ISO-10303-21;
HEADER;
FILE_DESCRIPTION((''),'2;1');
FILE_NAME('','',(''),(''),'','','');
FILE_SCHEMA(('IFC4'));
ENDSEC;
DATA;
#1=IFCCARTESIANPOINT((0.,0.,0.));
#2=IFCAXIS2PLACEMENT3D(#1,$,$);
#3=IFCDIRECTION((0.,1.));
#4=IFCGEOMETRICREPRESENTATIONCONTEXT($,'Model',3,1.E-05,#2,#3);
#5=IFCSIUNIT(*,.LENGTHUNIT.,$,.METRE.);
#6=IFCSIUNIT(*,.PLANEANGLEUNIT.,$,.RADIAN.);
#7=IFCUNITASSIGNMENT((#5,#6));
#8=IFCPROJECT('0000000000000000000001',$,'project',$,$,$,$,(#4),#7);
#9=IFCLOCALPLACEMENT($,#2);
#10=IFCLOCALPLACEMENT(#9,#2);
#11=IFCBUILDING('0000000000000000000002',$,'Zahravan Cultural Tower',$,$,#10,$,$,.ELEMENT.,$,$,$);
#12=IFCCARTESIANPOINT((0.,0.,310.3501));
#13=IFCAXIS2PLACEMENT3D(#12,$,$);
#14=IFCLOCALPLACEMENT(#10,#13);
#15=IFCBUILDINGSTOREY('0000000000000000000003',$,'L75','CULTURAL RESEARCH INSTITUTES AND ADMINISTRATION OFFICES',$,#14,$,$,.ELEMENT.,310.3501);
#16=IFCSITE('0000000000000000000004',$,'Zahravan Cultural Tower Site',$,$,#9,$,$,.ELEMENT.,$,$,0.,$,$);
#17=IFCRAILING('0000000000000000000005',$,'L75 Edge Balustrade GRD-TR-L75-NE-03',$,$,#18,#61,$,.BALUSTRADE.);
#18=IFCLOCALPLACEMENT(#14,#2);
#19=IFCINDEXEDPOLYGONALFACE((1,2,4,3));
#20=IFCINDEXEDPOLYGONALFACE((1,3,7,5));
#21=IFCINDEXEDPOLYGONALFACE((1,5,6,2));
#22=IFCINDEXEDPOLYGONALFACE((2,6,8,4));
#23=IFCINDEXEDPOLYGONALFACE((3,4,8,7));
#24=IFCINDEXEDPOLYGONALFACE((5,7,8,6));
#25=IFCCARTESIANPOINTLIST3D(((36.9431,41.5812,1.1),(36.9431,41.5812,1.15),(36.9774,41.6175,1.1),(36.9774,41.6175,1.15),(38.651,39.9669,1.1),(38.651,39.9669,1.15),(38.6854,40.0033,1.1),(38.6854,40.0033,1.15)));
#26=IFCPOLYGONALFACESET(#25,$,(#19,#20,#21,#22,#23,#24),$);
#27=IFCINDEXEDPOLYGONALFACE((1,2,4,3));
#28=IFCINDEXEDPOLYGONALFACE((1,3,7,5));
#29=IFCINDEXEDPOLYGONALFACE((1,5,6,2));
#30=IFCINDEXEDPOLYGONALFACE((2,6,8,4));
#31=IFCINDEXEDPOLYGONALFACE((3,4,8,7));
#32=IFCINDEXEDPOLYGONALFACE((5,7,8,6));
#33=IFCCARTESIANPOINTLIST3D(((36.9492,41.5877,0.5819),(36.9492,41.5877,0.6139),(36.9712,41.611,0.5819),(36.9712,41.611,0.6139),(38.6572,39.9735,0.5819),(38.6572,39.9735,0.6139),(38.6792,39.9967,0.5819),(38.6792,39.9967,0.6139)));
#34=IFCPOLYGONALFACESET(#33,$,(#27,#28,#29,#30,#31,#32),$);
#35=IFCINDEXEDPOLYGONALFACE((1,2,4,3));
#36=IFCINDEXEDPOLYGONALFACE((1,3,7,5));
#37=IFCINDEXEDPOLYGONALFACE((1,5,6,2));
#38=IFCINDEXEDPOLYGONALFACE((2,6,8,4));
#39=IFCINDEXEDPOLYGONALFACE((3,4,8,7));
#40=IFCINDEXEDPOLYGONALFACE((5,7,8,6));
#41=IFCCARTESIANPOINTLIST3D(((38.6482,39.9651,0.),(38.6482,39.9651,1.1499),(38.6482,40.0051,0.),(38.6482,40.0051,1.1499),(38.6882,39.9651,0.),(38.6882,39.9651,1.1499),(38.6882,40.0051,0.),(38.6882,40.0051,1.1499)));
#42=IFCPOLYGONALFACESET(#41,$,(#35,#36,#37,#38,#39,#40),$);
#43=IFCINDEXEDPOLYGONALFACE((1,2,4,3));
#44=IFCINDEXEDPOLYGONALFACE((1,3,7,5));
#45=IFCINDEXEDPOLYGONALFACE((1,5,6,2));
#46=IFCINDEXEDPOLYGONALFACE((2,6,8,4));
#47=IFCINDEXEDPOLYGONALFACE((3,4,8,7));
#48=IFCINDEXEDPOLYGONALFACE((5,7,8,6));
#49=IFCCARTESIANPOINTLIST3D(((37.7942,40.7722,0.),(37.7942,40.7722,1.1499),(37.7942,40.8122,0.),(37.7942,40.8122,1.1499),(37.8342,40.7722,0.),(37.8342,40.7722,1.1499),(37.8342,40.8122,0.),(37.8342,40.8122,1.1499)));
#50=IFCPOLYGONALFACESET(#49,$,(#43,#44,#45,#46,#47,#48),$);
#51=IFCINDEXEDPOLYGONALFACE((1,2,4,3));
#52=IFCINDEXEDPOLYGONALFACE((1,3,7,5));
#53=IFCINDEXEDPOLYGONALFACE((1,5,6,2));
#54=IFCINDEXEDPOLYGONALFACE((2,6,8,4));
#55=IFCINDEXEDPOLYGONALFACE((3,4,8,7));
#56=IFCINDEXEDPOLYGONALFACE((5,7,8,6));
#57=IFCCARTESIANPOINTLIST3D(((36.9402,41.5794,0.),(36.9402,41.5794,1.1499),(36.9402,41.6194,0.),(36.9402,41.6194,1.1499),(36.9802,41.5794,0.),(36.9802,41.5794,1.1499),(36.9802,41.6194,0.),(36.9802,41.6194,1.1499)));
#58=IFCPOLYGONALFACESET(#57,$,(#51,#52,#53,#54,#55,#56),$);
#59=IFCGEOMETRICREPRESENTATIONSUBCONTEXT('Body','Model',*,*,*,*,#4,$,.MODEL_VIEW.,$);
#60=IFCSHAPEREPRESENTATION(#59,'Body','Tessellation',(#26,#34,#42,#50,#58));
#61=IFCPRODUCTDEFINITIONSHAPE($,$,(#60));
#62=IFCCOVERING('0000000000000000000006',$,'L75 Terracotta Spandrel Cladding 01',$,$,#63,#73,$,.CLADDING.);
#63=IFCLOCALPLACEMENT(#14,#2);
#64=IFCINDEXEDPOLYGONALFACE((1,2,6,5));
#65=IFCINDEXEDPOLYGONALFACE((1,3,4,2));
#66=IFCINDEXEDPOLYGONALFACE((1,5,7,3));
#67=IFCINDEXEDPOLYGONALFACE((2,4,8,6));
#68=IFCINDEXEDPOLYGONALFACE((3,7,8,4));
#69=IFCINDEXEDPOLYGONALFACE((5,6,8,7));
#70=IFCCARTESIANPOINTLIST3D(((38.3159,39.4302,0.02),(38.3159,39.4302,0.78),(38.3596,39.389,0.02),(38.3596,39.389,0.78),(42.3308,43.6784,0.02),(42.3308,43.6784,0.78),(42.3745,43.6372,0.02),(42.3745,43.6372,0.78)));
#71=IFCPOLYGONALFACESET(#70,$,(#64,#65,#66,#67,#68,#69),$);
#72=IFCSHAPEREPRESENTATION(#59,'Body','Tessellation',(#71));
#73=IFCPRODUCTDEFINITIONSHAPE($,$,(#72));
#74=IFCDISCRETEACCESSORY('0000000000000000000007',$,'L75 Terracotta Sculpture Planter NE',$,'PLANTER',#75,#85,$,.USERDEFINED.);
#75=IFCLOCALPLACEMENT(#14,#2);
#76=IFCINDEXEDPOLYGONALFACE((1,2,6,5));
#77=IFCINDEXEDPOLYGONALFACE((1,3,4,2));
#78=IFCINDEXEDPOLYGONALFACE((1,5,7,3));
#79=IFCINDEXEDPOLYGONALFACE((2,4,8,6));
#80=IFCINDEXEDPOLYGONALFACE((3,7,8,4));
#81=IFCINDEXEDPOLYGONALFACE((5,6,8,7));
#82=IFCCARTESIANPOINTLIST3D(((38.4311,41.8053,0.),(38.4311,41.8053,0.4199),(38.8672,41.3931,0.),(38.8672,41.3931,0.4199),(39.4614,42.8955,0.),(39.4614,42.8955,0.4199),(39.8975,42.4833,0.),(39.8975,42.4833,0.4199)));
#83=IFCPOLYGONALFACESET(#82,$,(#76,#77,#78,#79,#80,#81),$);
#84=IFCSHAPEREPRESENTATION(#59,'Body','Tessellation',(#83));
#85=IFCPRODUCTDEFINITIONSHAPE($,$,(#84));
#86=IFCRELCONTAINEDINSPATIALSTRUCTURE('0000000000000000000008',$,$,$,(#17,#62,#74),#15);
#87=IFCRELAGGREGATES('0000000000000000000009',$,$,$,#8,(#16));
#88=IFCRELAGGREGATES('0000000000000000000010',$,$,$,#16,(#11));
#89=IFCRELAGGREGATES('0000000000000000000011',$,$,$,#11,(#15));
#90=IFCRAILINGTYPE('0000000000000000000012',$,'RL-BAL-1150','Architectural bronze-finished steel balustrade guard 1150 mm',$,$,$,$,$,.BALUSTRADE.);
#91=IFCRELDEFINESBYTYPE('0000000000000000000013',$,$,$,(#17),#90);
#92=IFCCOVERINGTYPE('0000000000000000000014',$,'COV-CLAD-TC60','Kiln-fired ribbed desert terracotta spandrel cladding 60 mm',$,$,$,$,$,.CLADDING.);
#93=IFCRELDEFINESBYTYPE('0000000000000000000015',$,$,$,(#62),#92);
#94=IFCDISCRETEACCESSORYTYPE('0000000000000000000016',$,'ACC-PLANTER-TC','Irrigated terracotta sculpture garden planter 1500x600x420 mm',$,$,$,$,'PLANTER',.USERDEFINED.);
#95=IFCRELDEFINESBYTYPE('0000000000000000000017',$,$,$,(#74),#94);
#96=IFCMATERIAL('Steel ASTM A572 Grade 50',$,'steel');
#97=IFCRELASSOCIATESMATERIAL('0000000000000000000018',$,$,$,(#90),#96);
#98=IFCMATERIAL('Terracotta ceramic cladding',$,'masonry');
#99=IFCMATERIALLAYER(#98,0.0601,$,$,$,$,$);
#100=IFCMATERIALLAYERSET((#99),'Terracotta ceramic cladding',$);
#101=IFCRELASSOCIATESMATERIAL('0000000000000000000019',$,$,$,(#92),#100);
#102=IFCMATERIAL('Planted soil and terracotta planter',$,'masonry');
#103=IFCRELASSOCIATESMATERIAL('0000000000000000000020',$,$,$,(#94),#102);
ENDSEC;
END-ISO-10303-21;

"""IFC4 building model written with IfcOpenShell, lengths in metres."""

from ifc_helpers import new_model, si_unit, direction, frame, origin, origin_2d, place, context, subcontext, project, spatial, rectangle, extrude, source, transform, mapped, material, layer, layer_set, type_object, element, save


model = new_model("IFC4")

# Units and contexts
model_context = context("Model", 3, precision=1e-05, world=origin(), true_north=direction((0.0, 1.0)))
body_context = subcontext(model_context, "Body", "Model", "MODEL_VIEW")
ifc_project = project(units=[si_unit("LENGTHUNIT", "METRE"), si_unit("PLANEANGLEUNIT", "RADIAN")], contexts=[model_context])

# Site, building, storey
site_placement = place(None, origin())
site = spatial("IfcSite", under=ifc_project, at=site_placement, Name="Zahravan Cultural Tower Site", CompositionType="ELEMENT", RefElevation=0.0)
building_placement = place(site_placement, origin())
building = spatial("IfcBuilding", under=site, at=building_placement, Name="Zahravan Cultural Tower", CompositionType="ELEMENT")
storey_placement = place(building_placement, frame((0.0, 0.0, 310.3501)))
storey = spatial("IfcBuildingStorey", under=building, at=storey_placement, Name="L75", Description="CULTURAL RESEARCH INSTITUTES AND ADMINISTRATION OFFICES", CompositionType="ELEMENT", Elevation=310.3501)

# Railing
ifc_material_1 = material(Name="Steel ASTM A572 Grade 50", Category="steel")
railing_type = type_object("IfcRailingType", Name="RL-BAL-1150", Description="Architectural bronze-finished steel balustrade guard 1150 mm", PredefinedType="BALUSTRADE", material=ifc_material_1)
railing_1_placement = place(storey_placement, frame((38.6682, 39.9851, 0.0)))
element("IfcRailing", 1, at=railing_1_placement, inside=storey, type_object=railing_type, Name="L75 Edge Balustrade GRD-TR-L75-NE-03", PredefinedType="BALUSTRADE", context=body_context, shape_type="SweptSolid", body=[
    extrude(rectangle(XDim=0.05, YDim=0.05, at=origin_2d()), frame((0.0, 0.0, 1.125), z_axis=(-0.726771, 0.68688, 0.0), x_axis=(-0.68688, -0.726771, 0.0)), (0.0, 0.0, 1.0), 2.3501),
    extrude(rectangle(XDim=0.032, YDim=0.032, at=origin_2d()), frame((0.0, 0.0, 0.5979), z_axis=(-0.726771, 0.68688, 0.0), x_axis=(-0.68688, -0.726771, 0.0)), (0.0, 0.0, 1.0), 2.3501),
    extrude(rectangle(XDim=0.04, YDim=0.04, at=origin_2d()), origin(), (0.0, 0.0, 1.0), 1.1499),
    extrude(rectangle(XDim=0.04, YDim=0.04, at=origin_2d()), frame((-0.854, 0.8071, 0.0)), (0.0, 0.0, 1.0), 1.1499),
    extrude(rectangle(XDim=0.04, YDim=0.04, at=origin_2d()), frame((-1.708, 1.6143, 0.0)), (0.0, 0.0, 1.0), 1.1499),
])

# Covering
ifc_material_2 = material(Name="Terracotta ceramic cladding", Category="masonry")
ifc_layer_1 = layer(ifc_material_2, 0.0601)
ifc_layer_set_1 = layer_set([ifc_layer_1], Name="Terracotta ceramic cladding")
covering_type = type_object("IfcCoveringType", Name="COV-CLAD-TC60", Description="Kiln-fired ribbed desert terracotta spandrel cladding 60 mm", PredefinedType="CLADDING", material=ifc_layer_set_1)
shared_shape_1 = source(origin(), body_context, "Body", "SweptSolid", [
    extrude(rectangle(XDim=5.8452, YDim=0.0601, at=origin_2d()), origin(), (0.0, 0.0, 1.0), 0.76),
])
covering_placement = place(storey_placement, frame((40.3452, 41.5337, 0.02), z_axis=(0.0, 0.0, 1.0), x_axis=(0.686872, 0.726779, 0.0)))
element("IfcCovering", 2, at=covering_placement, inside=storey, type_object=covering_type, Name="L75 Terracotta Spandrel Cladding 01", PredefinedType="CLADDING", context=body_context, shape_type="MappedRepresentation", body=[
    mapped(shared_shape_1, transform((0.0, 0.0, 0.0), x_axis=(1.0, 0.0, 0.0), y_axis=(0.0, 1.0, 0.0), z_axis=(0.0, 0.0, 1.0), scale=1.0)),
])

# Discrete accessory
ifc_material_3 = material(Name="Planted soil and terracotta planter", Category="masonry")
discrete_accessory_type = type_object("IfcDiscreteAccessoryType", Name="ACC-PLANTER-TC", Description="Irrigated terracotta sculpture garden planter 1500x600x420 mm", ElementType="PLANTER", PredefinedType="USERDEFINED", material=ifc_material_3)
shared_shape_2 = source(origin(), body_context, "Body", "SweptSolid", [
    extrude(rectangle(XDim=1.5, YDim=0.6001, at=origin_2d()), origin(), (0.0, 0.0, 1.0), 0.4199),
])
discrete_accessory_placement = place(storey_placement, frame((39.1643, 42.1443, 0.0), z_axis=(0.0, 0.0, 1.0), x_axis=(0.686876, 0.726775, 0.0)))
element("IfcDiscreteAccessory", 3, at=discrete_accessory_placement, inside=storey, type_object=discrete_accessory_type, Name="L75 Terracotta Sculpture Planter NE", ObjectType="PLANTER", PredefinedType="USERDEFINED", context=body_context, shape_type="MappedRepresentation", body=[
    mapped(shared_shape_2, transform((0.0, 0.0, 0.0), x_axis=(1.0, 0.0, 0.0), y_axis=(0.0, 1.0, 0.0), z_axis=(0.0, 0.0, 1.0), scale=1.0)),
])

save(model, "model.ifc")
